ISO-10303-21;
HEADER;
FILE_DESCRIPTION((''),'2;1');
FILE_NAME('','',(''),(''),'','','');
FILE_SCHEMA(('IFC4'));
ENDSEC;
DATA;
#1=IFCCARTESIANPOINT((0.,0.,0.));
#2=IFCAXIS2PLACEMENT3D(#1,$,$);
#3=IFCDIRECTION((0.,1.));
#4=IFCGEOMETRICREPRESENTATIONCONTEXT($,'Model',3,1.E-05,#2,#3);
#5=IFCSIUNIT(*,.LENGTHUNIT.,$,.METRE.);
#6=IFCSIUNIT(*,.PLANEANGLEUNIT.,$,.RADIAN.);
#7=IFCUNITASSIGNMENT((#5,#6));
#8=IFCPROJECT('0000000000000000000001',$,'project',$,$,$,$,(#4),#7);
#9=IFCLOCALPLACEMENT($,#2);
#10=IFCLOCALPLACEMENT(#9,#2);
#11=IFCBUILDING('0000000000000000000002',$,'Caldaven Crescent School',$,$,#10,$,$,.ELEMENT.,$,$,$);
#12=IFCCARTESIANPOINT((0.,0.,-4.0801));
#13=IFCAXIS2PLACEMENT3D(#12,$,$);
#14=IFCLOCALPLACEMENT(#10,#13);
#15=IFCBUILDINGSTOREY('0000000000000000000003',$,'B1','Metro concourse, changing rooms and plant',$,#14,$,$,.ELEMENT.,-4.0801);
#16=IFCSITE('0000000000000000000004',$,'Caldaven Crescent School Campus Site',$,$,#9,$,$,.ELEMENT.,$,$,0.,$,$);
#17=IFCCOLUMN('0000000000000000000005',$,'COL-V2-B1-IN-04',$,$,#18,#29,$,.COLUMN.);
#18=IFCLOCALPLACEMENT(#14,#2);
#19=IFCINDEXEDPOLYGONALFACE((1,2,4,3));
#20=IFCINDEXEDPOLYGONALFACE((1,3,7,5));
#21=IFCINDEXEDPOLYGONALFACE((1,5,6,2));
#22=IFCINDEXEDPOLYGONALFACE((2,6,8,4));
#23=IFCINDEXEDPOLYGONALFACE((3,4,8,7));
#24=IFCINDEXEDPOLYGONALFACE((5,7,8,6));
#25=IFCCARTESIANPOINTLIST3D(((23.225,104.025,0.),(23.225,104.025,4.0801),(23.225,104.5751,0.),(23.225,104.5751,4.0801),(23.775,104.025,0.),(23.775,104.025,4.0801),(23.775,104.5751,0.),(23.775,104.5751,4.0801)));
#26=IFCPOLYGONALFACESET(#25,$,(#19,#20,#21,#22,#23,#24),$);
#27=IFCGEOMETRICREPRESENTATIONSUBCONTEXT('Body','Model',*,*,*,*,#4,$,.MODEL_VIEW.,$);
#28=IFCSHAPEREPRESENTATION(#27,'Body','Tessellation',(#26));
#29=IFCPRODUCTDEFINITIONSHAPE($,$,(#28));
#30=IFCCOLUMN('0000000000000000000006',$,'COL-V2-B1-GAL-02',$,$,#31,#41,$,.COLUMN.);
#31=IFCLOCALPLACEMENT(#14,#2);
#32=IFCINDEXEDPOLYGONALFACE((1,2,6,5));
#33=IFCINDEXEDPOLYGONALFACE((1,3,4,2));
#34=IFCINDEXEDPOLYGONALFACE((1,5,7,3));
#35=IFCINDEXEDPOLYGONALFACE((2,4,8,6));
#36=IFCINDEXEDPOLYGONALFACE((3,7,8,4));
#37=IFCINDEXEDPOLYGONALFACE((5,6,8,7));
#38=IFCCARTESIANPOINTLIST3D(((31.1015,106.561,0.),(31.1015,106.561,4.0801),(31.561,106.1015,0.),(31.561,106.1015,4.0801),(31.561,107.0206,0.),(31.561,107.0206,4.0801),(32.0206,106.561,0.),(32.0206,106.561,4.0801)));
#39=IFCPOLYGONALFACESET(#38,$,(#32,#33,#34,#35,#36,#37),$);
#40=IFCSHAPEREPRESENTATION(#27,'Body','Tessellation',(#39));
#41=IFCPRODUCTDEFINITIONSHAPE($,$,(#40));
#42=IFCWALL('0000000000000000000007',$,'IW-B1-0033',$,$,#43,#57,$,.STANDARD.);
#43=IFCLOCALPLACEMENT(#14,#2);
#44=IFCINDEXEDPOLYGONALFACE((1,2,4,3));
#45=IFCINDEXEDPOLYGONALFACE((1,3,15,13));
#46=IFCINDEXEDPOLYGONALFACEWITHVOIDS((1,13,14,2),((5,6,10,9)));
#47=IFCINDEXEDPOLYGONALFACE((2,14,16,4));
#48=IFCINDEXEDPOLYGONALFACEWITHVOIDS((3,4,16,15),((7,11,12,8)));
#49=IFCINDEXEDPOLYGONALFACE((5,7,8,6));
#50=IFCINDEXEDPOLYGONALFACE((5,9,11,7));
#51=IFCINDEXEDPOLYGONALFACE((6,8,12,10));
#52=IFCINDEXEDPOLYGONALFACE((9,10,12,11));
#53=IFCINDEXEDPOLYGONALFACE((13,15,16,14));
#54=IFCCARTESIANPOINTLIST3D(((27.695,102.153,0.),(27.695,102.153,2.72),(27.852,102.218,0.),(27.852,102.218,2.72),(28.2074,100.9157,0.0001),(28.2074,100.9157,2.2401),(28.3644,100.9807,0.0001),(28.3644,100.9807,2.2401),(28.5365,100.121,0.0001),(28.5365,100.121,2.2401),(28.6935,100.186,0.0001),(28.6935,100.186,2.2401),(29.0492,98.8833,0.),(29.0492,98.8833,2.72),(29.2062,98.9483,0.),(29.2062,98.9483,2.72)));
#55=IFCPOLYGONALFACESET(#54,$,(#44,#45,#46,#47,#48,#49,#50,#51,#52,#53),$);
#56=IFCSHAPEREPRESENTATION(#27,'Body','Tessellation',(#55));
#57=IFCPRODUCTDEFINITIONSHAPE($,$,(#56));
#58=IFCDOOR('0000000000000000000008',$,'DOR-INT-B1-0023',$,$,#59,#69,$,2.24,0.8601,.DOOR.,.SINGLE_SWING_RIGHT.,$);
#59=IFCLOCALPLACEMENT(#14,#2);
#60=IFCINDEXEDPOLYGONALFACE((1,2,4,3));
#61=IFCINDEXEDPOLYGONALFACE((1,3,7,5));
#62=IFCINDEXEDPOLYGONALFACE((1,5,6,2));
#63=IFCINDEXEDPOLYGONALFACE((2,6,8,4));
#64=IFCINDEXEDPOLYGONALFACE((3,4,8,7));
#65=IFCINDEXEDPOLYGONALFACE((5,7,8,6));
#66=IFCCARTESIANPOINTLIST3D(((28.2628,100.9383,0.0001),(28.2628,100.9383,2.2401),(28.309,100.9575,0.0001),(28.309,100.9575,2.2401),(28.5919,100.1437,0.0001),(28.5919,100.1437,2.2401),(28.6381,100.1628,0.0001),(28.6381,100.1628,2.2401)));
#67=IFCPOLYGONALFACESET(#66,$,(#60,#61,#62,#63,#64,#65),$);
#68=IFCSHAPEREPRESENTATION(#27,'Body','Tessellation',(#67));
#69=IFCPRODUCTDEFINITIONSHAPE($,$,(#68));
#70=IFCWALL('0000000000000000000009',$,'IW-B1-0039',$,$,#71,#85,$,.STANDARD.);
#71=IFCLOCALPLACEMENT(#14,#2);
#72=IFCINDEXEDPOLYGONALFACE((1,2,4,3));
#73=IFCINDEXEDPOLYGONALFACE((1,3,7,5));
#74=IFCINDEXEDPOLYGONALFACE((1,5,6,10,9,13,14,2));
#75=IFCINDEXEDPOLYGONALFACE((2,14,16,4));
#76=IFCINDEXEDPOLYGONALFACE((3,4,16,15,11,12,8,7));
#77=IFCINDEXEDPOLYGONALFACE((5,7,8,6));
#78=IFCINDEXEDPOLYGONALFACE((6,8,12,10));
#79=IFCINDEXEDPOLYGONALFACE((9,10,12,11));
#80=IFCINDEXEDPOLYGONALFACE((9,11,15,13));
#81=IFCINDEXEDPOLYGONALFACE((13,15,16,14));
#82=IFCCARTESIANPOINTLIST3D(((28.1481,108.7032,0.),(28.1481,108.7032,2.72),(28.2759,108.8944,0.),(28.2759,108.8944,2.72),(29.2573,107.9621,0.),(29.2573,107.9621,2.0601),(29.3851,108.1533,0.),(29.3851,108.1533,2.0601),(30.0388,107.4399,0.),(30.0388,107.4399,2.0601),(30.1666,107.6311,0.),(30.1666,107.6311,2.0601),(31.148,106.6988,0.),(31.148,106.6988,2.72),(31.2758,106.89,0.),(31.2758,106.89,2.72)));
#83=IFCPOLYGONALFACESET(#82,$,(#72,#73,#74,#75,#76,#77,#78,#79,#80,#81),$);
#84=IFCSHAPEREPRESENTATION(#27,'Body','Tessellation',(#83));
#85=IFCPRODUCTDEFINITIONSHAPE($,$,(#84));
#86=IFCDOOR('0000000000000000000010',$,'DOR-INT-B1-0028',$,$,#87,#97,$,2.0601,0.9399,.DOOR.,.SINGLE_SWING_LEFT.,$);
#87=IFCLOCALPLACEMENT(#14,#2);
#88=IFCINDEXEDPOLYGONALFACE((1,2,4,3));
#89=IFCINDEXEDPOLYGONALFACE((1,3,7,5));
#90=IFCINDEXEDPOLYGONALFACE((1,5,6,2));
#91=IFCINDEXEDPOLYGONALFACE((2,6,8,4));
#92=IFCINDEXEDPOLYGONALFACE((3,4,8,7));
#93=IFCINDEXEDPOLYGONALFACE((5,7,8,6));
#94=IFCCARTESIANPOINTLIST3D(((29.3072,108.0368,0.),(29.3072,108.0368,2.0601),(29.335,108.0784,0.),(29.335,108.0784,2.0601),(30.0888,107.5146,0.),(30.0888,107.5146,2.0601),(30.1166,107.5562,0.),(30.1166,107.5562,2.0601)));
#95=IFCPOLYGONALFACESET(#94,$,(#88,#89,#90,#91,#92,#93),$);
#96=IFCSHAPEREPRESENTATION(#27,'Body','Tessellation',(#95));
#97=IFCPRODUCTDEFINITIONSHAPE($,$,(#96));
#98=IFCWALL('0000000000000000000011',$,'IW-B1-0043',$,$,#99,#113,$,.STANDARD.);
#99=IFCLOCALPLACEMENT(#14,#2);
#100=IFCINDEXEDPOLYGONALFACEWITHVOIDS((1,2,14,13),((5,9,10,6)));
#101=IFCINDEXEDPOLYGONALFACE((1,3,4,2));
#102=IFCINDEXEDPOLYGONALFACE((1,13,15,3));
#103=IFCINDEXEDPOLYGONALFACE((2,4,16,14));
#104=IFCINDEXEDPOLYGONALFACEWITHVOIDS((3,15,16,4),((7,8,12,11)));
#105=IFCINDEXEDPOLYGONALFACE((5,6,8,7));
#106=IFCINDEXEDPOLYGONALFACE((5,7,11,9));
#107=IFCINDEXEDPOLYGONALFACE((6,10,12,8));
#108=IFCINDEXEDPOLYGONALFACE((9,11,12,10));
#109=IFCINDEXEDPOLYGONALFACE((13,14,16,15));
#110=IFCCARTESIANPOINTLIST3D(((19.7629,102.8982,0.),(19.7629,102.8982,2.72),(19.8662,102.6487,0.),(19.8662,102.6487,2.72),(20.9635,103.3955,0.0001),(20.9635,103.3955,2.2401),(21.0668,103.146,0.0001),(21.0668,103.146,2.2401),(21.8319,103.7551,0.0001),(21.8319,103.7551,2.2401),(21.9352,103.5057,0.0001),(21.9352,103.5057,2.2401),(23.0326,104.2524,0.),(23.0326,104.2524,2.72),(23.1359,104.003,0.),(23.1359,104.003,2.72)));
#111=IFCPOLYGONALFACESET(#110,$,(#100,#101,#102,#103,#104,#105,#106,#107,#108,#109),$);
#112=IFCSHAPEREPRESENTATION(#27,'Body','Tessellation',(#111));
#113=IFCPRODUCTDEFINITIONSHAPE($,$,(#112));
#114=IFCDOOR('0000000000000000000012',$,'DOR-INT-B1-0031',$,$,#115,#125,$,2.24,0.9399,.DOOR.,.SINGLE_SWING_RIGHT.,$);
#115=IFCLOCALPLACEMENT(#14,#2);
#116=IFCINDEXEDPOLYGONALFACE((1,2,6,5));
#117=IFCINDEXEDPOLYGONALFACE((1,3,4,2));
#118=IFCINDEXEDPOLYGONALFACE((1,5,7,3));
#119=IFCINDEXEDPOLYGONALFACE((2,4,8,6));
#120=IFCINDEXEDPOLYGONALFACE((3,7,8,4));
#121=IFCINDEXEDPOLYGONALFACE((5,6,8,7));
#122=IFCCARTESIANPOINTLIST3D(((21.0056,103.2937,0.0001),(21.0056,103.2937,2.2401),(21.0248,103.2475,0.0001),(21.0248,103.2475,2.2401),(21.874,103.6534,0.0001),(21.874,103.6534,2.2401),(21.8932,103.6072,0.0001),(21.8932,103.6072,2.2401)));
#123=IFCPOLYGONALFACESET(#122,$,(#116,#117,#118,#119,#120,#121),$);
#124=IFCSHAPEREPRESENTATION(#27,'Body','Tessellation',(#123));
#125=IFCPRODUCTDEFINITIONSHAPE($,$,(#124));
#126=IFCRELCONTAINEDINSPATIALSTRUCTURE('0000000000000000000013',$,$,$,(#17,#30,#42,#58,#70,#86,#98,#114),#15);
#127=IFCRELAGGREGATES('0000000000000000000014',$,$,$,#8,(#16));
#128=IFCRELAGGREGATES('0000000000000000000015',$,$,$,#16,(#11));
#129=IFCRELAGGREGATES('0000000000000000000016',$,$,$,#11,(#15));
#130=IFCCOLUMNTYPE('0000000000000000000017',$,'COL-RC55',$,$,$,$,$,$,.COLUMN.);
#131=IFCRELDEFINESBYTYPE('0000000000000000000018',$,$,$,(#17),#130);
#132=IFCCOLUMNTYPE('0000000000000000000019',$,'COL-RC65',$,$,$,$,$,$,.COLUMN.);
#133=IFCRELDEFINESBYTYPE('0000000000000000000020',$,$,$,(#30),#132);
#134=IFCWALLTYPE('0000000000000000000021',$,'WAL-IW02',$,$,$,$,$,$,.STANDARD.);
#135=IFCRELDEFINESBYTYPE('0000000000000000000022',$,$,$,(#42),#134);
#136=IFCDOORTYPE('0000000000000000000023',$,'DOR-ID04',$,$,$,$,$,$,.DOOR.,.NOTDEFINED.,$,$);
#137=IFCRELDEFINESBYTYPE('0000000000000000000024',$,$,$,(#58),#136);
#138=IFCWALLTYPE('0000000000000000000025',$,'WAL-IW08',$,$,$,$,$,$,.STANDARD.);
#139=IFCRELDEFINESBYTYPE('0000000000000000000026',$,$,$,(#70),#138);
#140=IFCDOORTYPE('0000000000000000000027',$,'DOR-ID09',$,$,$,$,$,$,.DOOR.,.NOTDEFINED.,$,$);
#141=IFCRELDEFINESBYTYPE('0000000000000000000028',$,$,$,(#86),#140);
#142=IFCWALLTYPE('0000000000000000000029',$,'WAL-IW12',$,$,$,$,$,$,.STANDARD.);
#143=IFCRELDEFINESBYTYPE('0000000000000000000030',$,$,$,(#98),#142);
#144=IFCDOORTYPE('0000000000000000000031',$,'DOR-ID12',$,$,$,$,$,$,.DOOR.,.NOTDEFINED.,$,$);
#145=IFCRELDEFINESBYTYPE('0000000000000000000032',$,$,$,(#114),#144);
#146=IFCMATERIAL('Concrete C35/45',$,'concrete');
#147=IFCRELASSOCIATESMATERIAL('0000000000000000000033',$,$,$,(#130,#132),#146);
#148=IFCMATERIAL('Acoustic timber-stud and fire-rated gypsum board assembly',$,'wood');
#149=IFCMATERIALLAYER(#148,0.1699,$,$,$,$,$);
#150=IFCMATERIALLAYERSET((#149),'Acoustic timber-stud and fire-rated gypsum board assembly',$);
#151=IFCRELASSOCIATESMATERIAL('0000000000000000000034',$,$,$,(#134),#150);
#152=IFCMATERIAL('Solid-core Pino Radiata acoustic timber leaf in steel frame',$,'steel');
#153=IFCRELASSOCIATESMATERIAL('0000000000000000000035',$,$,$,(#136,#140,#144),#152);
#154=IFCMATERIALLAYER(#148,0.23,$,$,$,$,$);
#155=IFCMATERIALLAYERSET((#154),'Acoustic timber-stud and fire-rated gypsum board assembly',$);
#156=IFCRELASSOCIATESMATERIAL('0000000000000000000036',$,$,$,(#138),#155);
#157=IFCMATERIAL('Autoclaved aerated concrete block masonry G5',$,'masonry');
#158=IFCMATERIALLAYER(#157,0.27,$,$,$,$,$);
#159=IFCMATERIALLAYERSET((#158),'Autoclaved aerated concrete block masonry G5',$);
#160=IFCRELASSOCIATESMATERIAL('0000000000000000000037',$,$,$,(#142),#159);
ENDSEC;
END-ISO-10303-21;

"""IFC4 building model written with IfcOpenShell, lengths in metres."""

from ifc_helpers import new_model, si_unit, direction, frame, frame_2d, origin, origin_2d, place, context, subcontext, project, spatial, rectangle, extrude, material, layer, layer_set, material_profile, profile_set, type_object, element, fill, save


model = new_model("IFC4")

# Units and contexts
model_context = context("Model", 3, precision=1e-05, world=origin(), true_north=direction((0.0, 1.0)))
body_context = subcontext(model_context, "Body", "Model", "MODEL_VIEW")
ifc_project = project(units=[si_unit("LENGTHUNIT", "METRE"), si_unit("PLANEANGLEUNIT", "RADIAN")], contexts=[model_context])

# Site, building, storey
site_placement = place(None, origin())
site = spatial("IfcSite", under=ifc_project, at=site_placement, Name="Caldaven Crescent School Campus Site", CompositionType="ELEMENT", RefElevation=0.0)
building_placement = place(site_placement, origin())
building = spatial("IfcBuilding", under=site, at=building_placement, Name="Caldaven Crescent School", CompositionType="ELEMENT")
storey_placement = place(building_placement, frame((0.0, 0.0, -4.0801)))
storey = spatial("IfcBuildingStorey", under=building, at=storey_placement, Name="B1", Description="Metro concourse, changing rooms and plant", CompositionType="ELEMENT", Elevation=-4.0801)

# Shared definitions
ifc_material_1 = material(Name="Concrete C35/45", Category="concrete")

# Columns
ifc_material_profile_1 = material_profile(ifc_material_1, rectangle(XDim=0.55, YDim=0.55, at=origin_2d()), Name="RC 550x550")
ifc_profile_set_1 = profile_set([ifc_material_profile_1], Name="Concrete C35/45")
column_type_1 = type_object("IfcColumnType", Name="COL-RC55", PredefinedType="COLUMN", material=ifc_profile_set_1)
for number, where, z_axis, x_axis, name in (
    (1, (23.5, 104.3, 0.0), (0.0, 0.0, 1.0), (0.0, 1.0, 0.0), "COL-V2-B1-IN-04"),
):
    element("IfcColumn", number, at=place(storey_placement, frame(where, z_axis=z_axis, x_axis=x_axis)), inside=storey, type_object=column_type_1, Name=name, PredefinedType="COLUMN", context=body_context, shape_type="SweptSolid", body=[
        extrude(rectangle(XDim=0.55, YDim=0.55, at=origin_2d()), origin(), (0.0, 0.0, 1.0), 4.0801),
    ])
ifc_material_profile_2 = material_profile(ifc_material_1, rectangle(XDim=0.6499, YDim=0.6499, at=origin_2d()), Name="RC 650x650")
ifc_profile_set_2 = profile_set([ifc_material_profile_2], Name="Concrete C35/45")
column_type_2 = type_object("IfcColumnType", Name="COL-RC65", PredefinedType="COLUMN", material=ifc_profile_set_2)
column_placement = place(storey_placement, frame((31.561, 106.561, 0.0), z_axis=(0.0, 0.0, 1.0), x_axis=(0.707107, 0.707107, 0.0)))
element("IfcColumn", 2, at=column_placement, inside=storey, type_object=column_type_2, Name="COL-V2-B1-GAL-02", PredefinedType="COLUMN", context=body_context, shape_type="SweptSolid", body=[
    extrude(rectangle(XDim=0.6499, YDim=0.6499, at=origin_2d()), origin(), (0.0, 0.0, 1.0), 4.0801),
])

# Walls, openings, doors
ifc_material_2 = material(Name="Acoustic timber-stud and fire-rated gypsum board assembly", Category="wood")
ifc_layer_1 = layer(ifc_material_2, 0.1699)
ifc_layer_set_1 = layer_set([ifc_layer_1], Name="Acoustic timber-stud and fire-rated gypsum board assembly")
wall_type_1 = type_object("IfcWallType", Name="WAL-IW02", PredefinedType="STANDARD", material=ifc_layer_set_1)
wall_1_placement = place(storey_placement, frame((29.1277, 98.9158, 0.0), z_axis=(0.0, 0.0, 1.0), x_axis=(-0.38265, 0.923893, 0.0)))
wall_1 = element("IfcWall", 3, at=wall_1_placement, inside=storey, type_object=wall_type_1, Name="IW-B1-0033", PredefinedType="STANDARD", context=body_context, shape_type="SweptSolid", body=[
    extrude(rectangle(XDim=3.5391, YDim=0.1699, at=frame_2d((1.7695, 0.0))), origin(), (0.0, 0.0, 1.0), 2.72),
])
opening_1_placement = place(wall_1_placement, frame((1.3396, 0.0, 0.0)))
opening_1 = element("IfcOpeningElement", 4, at=opening_1_placement, cuts=wall_1, PredefinedType="OPENING", context=body_context, shape_type="SweptSolid", body=[
    extrude(rectangle(XDim=0.8601, YDim=2.24, at=frame_2d((0.4302, 1.1201))), frame((0.0, 0.095, 0.0), z_axis=(0.0, -1.0, 0.0), x_axis=(1.0, 0.0, 0.0)), (0.0, 0.0, 1.0), 0.1899),
])
ifc_material_3 = material(Name="Solid-core Pino Radiata acoustic timber leaf in steel frame", Category="steel")
door_type_1 = type_object("IfcDoorType", Name="DOR-ID04", OperationType="NOTDEFINED", PredefinedType="DOOR", material=ifc_material_3)
door_1_placement = place(opening_1_placement, frame((0.8601, 0.0, 0.0), z_axis=(0.0, 0.0, 1.0), x_axis=(-1.0, 0.0, 0.0)))
door_1 = element("IfcDoor", 5, at=door_1_placement, inside=storey, type_object=door_type_1, Name="DOR-INT-B1-0023", OperationType="SINGLE_SWING_RIGHT", OverallHeight=2.24, OverallWidth=0.8601, PredefinedType="DOOR", context=body_context, shape_type="SweptSolid", body=[
    extrude(rectangle(XDim=0.8601, YDim=2.24, at=frame_2d((0.4302, 1.1201))), frame((0.0, 0.0249, 0.0), z_axis=(0.0, -1.0, 0.0), x_axis=(1.0, 0.0, 0.0)), (0.0, 0.0, 1.0), 0.05),
])
fill(opening_1, door_1)
ifc_layer_2 = layer(ifc_material_2, 0.23)
ifc_layer_set_2 = layer_set([ifc_layer_2], Name="Acoustic timber-stud and fire-rated gypsum board assembly")
wall_type_2 = type_object("IfcWallType", Name="WAL-IW08", PredefinedType="STANDARD", material=ifc_layer_set_2)
wall_2_placement = place(storey_placement, frame((31.2119, 106.7944, 0.0), z_axis=(0.0, 0.0, 1.0), x_axis=(-0.831488, 0.555543, 0.0)))
wall_2 = element("IfcWall", 6, at=wall_2_placement, inside=storey, type_object=wall_type_2, Name="IW-B1-0039", PredefinedType="STANDARD", context=body_context, shape_type="SweptSolid", body=[
    extrude(rectangle(XDim=3.6079, YDim=0.23, at=frame_2d((1.804, 0.0))), origin(), (0.0, 0.0, 1.0), 2.72),
])
opening_2_placement = place(wall_2_placement, frame((1.334, 0.0, 0.0)))
opening_2 = element("IfcOpeningElement", 7, at=opening_2_placement, cuts=wall_2, PredefinedType="OPENING", context=body_context, shape_type="SweptSolid", body=[
    extrude(rectangle(XDim=0.9399, YDim=2.0601, at=frame_2d((0.47, 1.03))), frame((0.0, 0.125, 0.0), z_axis=(0.0, -1.0, 0.0), x_axis=(1.0, 0.0, 0.0)), (0.0, 0.0, 1.0), 0.25),
])
door_type_2 = type_object("IfcDoorType", Name="DOR-ID09", OperationType="NOTDEFINED", PredefinedType="DOOR", material=ifc_material_3)
door_2_placement = place(opening_2_placement, frame((0.9399, 0.0, 0.0), z_axis=(0.0, 0.0, 1.0), x_axis=(-1.0, 0.0, 0.0)))
door_2 = element("IfcDoor", 8, at=door_2_placement, inside=storey, type_object=door_type_2, Name="DOR-INT-B1-0028", OperationType="SINGLE_SWING_LEFT", OverallHeight=2.0601, OverallWidth=0.9399, PredefinedType="DOOR", context=body_context, shape_type="SweptSolid", body=[
    extrude(rectangle(XDim=0.9399, YDim=2.0601, at=frame_2d((0.47, 1.03))), frame((0.0, 0.0249, 0.0), z_axis=(0.0, -1.0, 0.0), x_axis=(1.0, 0.0, 0.0)), (0.0, 0.0, 1.0), 0.05),
])
fill(opening_2, door_2)
ifc_material_4 = material(Name="Autoclaved aerated concrete block masonry G5", Category="masonry")
ifc_layer_3 = layer(ifc_material_4, 0.27)
ifc_layer_set_3 = layer_set([ifc_layer_3], Name="Autoclaved aerated concrete block masonry G5")
wall_type_3 = type_object("IfcWallType", Name="WAL-IW12", PredefinedType="STANDARD", material=ifc_layer_set_3)
wall_3_placement = place(storey_placement, frame((23.0842, 104.1277, 0.0), z_axis=(0.0, 0.0, 1.0), x_axis=(-0.923893, -0.38265, 0.0)))
wall_3 = element("IfcWall", 9, at=wall_3_placement, inside=storey, type_object=wall_type_3, Name="IW-B1-0043", PredefinedType="STANDARD", context=body_context, shape_type="SweptSolid", body=[
    extrude(rectangle(XDim=3.5391, YDim=0.27, at=frame_2d((1.7695, 0.0))), origin(), (0.0, 0.0, 1.0), 2.72),
])
opening_3_placement = place(wall_3_placement, frame((1.2996, 0.0, 0.0)))
opening_3 = element("IfcOpeningElement", 10, at=opening_3_placement, cuts=wall_3, PredefinedType="OPENING", context=body_context, shape_type="SweptSolid", body=[
    extrude(rectangle(XDim=0.9399, YDim=2.24, at=frame_2d((0.47, 1.1201))), frame((0.0, 0.145, 0.0), z_axis=(0.0, -1.0, 0.0), x_axis=(1.0, 0.0, 0.0)), (0.0, 0.0, 1.0), 0.29),
])
door_type_3 = type_object("IfcDoorType", Name="DOR-ID12", OperationType="NOTDEFINED", PredefinedType="DOOR", material=ifc_material_3)
door_3_placement = place(opening_3_placement, frame((0.9399, 0.0, 0.0), z_axis=(0.0, 0.0, 1.0), x_axis=(-1.0, 0.0, 0.0)))
door_3 = element("IfcDoor", 11, at=door_3_placement, inside=storey, type_object=door_type_3, Name="DOR-INT-B1-0031", OperationType="SINGLE_SWING_RIGHT", OverallHeight=2.24, OverallWidth=0.9399, PredefinedType="DOOR", context=body_context, shape_type="SweptSolid", body=[
    extrude(rectangle(XDim=0.9399, YDim=2.24, at=frame_2d((0.47, 1.1201))), frame((0.0, 0.0249, 0.0), z_axis=(0.0, -1.0, 0.0), x_axis=(1.0, 0.0, 0.0)), (0.0, 0.0, 1.0), 0.05),
])
fill(opening_3, door_3)

save(model, "model.ifc")
